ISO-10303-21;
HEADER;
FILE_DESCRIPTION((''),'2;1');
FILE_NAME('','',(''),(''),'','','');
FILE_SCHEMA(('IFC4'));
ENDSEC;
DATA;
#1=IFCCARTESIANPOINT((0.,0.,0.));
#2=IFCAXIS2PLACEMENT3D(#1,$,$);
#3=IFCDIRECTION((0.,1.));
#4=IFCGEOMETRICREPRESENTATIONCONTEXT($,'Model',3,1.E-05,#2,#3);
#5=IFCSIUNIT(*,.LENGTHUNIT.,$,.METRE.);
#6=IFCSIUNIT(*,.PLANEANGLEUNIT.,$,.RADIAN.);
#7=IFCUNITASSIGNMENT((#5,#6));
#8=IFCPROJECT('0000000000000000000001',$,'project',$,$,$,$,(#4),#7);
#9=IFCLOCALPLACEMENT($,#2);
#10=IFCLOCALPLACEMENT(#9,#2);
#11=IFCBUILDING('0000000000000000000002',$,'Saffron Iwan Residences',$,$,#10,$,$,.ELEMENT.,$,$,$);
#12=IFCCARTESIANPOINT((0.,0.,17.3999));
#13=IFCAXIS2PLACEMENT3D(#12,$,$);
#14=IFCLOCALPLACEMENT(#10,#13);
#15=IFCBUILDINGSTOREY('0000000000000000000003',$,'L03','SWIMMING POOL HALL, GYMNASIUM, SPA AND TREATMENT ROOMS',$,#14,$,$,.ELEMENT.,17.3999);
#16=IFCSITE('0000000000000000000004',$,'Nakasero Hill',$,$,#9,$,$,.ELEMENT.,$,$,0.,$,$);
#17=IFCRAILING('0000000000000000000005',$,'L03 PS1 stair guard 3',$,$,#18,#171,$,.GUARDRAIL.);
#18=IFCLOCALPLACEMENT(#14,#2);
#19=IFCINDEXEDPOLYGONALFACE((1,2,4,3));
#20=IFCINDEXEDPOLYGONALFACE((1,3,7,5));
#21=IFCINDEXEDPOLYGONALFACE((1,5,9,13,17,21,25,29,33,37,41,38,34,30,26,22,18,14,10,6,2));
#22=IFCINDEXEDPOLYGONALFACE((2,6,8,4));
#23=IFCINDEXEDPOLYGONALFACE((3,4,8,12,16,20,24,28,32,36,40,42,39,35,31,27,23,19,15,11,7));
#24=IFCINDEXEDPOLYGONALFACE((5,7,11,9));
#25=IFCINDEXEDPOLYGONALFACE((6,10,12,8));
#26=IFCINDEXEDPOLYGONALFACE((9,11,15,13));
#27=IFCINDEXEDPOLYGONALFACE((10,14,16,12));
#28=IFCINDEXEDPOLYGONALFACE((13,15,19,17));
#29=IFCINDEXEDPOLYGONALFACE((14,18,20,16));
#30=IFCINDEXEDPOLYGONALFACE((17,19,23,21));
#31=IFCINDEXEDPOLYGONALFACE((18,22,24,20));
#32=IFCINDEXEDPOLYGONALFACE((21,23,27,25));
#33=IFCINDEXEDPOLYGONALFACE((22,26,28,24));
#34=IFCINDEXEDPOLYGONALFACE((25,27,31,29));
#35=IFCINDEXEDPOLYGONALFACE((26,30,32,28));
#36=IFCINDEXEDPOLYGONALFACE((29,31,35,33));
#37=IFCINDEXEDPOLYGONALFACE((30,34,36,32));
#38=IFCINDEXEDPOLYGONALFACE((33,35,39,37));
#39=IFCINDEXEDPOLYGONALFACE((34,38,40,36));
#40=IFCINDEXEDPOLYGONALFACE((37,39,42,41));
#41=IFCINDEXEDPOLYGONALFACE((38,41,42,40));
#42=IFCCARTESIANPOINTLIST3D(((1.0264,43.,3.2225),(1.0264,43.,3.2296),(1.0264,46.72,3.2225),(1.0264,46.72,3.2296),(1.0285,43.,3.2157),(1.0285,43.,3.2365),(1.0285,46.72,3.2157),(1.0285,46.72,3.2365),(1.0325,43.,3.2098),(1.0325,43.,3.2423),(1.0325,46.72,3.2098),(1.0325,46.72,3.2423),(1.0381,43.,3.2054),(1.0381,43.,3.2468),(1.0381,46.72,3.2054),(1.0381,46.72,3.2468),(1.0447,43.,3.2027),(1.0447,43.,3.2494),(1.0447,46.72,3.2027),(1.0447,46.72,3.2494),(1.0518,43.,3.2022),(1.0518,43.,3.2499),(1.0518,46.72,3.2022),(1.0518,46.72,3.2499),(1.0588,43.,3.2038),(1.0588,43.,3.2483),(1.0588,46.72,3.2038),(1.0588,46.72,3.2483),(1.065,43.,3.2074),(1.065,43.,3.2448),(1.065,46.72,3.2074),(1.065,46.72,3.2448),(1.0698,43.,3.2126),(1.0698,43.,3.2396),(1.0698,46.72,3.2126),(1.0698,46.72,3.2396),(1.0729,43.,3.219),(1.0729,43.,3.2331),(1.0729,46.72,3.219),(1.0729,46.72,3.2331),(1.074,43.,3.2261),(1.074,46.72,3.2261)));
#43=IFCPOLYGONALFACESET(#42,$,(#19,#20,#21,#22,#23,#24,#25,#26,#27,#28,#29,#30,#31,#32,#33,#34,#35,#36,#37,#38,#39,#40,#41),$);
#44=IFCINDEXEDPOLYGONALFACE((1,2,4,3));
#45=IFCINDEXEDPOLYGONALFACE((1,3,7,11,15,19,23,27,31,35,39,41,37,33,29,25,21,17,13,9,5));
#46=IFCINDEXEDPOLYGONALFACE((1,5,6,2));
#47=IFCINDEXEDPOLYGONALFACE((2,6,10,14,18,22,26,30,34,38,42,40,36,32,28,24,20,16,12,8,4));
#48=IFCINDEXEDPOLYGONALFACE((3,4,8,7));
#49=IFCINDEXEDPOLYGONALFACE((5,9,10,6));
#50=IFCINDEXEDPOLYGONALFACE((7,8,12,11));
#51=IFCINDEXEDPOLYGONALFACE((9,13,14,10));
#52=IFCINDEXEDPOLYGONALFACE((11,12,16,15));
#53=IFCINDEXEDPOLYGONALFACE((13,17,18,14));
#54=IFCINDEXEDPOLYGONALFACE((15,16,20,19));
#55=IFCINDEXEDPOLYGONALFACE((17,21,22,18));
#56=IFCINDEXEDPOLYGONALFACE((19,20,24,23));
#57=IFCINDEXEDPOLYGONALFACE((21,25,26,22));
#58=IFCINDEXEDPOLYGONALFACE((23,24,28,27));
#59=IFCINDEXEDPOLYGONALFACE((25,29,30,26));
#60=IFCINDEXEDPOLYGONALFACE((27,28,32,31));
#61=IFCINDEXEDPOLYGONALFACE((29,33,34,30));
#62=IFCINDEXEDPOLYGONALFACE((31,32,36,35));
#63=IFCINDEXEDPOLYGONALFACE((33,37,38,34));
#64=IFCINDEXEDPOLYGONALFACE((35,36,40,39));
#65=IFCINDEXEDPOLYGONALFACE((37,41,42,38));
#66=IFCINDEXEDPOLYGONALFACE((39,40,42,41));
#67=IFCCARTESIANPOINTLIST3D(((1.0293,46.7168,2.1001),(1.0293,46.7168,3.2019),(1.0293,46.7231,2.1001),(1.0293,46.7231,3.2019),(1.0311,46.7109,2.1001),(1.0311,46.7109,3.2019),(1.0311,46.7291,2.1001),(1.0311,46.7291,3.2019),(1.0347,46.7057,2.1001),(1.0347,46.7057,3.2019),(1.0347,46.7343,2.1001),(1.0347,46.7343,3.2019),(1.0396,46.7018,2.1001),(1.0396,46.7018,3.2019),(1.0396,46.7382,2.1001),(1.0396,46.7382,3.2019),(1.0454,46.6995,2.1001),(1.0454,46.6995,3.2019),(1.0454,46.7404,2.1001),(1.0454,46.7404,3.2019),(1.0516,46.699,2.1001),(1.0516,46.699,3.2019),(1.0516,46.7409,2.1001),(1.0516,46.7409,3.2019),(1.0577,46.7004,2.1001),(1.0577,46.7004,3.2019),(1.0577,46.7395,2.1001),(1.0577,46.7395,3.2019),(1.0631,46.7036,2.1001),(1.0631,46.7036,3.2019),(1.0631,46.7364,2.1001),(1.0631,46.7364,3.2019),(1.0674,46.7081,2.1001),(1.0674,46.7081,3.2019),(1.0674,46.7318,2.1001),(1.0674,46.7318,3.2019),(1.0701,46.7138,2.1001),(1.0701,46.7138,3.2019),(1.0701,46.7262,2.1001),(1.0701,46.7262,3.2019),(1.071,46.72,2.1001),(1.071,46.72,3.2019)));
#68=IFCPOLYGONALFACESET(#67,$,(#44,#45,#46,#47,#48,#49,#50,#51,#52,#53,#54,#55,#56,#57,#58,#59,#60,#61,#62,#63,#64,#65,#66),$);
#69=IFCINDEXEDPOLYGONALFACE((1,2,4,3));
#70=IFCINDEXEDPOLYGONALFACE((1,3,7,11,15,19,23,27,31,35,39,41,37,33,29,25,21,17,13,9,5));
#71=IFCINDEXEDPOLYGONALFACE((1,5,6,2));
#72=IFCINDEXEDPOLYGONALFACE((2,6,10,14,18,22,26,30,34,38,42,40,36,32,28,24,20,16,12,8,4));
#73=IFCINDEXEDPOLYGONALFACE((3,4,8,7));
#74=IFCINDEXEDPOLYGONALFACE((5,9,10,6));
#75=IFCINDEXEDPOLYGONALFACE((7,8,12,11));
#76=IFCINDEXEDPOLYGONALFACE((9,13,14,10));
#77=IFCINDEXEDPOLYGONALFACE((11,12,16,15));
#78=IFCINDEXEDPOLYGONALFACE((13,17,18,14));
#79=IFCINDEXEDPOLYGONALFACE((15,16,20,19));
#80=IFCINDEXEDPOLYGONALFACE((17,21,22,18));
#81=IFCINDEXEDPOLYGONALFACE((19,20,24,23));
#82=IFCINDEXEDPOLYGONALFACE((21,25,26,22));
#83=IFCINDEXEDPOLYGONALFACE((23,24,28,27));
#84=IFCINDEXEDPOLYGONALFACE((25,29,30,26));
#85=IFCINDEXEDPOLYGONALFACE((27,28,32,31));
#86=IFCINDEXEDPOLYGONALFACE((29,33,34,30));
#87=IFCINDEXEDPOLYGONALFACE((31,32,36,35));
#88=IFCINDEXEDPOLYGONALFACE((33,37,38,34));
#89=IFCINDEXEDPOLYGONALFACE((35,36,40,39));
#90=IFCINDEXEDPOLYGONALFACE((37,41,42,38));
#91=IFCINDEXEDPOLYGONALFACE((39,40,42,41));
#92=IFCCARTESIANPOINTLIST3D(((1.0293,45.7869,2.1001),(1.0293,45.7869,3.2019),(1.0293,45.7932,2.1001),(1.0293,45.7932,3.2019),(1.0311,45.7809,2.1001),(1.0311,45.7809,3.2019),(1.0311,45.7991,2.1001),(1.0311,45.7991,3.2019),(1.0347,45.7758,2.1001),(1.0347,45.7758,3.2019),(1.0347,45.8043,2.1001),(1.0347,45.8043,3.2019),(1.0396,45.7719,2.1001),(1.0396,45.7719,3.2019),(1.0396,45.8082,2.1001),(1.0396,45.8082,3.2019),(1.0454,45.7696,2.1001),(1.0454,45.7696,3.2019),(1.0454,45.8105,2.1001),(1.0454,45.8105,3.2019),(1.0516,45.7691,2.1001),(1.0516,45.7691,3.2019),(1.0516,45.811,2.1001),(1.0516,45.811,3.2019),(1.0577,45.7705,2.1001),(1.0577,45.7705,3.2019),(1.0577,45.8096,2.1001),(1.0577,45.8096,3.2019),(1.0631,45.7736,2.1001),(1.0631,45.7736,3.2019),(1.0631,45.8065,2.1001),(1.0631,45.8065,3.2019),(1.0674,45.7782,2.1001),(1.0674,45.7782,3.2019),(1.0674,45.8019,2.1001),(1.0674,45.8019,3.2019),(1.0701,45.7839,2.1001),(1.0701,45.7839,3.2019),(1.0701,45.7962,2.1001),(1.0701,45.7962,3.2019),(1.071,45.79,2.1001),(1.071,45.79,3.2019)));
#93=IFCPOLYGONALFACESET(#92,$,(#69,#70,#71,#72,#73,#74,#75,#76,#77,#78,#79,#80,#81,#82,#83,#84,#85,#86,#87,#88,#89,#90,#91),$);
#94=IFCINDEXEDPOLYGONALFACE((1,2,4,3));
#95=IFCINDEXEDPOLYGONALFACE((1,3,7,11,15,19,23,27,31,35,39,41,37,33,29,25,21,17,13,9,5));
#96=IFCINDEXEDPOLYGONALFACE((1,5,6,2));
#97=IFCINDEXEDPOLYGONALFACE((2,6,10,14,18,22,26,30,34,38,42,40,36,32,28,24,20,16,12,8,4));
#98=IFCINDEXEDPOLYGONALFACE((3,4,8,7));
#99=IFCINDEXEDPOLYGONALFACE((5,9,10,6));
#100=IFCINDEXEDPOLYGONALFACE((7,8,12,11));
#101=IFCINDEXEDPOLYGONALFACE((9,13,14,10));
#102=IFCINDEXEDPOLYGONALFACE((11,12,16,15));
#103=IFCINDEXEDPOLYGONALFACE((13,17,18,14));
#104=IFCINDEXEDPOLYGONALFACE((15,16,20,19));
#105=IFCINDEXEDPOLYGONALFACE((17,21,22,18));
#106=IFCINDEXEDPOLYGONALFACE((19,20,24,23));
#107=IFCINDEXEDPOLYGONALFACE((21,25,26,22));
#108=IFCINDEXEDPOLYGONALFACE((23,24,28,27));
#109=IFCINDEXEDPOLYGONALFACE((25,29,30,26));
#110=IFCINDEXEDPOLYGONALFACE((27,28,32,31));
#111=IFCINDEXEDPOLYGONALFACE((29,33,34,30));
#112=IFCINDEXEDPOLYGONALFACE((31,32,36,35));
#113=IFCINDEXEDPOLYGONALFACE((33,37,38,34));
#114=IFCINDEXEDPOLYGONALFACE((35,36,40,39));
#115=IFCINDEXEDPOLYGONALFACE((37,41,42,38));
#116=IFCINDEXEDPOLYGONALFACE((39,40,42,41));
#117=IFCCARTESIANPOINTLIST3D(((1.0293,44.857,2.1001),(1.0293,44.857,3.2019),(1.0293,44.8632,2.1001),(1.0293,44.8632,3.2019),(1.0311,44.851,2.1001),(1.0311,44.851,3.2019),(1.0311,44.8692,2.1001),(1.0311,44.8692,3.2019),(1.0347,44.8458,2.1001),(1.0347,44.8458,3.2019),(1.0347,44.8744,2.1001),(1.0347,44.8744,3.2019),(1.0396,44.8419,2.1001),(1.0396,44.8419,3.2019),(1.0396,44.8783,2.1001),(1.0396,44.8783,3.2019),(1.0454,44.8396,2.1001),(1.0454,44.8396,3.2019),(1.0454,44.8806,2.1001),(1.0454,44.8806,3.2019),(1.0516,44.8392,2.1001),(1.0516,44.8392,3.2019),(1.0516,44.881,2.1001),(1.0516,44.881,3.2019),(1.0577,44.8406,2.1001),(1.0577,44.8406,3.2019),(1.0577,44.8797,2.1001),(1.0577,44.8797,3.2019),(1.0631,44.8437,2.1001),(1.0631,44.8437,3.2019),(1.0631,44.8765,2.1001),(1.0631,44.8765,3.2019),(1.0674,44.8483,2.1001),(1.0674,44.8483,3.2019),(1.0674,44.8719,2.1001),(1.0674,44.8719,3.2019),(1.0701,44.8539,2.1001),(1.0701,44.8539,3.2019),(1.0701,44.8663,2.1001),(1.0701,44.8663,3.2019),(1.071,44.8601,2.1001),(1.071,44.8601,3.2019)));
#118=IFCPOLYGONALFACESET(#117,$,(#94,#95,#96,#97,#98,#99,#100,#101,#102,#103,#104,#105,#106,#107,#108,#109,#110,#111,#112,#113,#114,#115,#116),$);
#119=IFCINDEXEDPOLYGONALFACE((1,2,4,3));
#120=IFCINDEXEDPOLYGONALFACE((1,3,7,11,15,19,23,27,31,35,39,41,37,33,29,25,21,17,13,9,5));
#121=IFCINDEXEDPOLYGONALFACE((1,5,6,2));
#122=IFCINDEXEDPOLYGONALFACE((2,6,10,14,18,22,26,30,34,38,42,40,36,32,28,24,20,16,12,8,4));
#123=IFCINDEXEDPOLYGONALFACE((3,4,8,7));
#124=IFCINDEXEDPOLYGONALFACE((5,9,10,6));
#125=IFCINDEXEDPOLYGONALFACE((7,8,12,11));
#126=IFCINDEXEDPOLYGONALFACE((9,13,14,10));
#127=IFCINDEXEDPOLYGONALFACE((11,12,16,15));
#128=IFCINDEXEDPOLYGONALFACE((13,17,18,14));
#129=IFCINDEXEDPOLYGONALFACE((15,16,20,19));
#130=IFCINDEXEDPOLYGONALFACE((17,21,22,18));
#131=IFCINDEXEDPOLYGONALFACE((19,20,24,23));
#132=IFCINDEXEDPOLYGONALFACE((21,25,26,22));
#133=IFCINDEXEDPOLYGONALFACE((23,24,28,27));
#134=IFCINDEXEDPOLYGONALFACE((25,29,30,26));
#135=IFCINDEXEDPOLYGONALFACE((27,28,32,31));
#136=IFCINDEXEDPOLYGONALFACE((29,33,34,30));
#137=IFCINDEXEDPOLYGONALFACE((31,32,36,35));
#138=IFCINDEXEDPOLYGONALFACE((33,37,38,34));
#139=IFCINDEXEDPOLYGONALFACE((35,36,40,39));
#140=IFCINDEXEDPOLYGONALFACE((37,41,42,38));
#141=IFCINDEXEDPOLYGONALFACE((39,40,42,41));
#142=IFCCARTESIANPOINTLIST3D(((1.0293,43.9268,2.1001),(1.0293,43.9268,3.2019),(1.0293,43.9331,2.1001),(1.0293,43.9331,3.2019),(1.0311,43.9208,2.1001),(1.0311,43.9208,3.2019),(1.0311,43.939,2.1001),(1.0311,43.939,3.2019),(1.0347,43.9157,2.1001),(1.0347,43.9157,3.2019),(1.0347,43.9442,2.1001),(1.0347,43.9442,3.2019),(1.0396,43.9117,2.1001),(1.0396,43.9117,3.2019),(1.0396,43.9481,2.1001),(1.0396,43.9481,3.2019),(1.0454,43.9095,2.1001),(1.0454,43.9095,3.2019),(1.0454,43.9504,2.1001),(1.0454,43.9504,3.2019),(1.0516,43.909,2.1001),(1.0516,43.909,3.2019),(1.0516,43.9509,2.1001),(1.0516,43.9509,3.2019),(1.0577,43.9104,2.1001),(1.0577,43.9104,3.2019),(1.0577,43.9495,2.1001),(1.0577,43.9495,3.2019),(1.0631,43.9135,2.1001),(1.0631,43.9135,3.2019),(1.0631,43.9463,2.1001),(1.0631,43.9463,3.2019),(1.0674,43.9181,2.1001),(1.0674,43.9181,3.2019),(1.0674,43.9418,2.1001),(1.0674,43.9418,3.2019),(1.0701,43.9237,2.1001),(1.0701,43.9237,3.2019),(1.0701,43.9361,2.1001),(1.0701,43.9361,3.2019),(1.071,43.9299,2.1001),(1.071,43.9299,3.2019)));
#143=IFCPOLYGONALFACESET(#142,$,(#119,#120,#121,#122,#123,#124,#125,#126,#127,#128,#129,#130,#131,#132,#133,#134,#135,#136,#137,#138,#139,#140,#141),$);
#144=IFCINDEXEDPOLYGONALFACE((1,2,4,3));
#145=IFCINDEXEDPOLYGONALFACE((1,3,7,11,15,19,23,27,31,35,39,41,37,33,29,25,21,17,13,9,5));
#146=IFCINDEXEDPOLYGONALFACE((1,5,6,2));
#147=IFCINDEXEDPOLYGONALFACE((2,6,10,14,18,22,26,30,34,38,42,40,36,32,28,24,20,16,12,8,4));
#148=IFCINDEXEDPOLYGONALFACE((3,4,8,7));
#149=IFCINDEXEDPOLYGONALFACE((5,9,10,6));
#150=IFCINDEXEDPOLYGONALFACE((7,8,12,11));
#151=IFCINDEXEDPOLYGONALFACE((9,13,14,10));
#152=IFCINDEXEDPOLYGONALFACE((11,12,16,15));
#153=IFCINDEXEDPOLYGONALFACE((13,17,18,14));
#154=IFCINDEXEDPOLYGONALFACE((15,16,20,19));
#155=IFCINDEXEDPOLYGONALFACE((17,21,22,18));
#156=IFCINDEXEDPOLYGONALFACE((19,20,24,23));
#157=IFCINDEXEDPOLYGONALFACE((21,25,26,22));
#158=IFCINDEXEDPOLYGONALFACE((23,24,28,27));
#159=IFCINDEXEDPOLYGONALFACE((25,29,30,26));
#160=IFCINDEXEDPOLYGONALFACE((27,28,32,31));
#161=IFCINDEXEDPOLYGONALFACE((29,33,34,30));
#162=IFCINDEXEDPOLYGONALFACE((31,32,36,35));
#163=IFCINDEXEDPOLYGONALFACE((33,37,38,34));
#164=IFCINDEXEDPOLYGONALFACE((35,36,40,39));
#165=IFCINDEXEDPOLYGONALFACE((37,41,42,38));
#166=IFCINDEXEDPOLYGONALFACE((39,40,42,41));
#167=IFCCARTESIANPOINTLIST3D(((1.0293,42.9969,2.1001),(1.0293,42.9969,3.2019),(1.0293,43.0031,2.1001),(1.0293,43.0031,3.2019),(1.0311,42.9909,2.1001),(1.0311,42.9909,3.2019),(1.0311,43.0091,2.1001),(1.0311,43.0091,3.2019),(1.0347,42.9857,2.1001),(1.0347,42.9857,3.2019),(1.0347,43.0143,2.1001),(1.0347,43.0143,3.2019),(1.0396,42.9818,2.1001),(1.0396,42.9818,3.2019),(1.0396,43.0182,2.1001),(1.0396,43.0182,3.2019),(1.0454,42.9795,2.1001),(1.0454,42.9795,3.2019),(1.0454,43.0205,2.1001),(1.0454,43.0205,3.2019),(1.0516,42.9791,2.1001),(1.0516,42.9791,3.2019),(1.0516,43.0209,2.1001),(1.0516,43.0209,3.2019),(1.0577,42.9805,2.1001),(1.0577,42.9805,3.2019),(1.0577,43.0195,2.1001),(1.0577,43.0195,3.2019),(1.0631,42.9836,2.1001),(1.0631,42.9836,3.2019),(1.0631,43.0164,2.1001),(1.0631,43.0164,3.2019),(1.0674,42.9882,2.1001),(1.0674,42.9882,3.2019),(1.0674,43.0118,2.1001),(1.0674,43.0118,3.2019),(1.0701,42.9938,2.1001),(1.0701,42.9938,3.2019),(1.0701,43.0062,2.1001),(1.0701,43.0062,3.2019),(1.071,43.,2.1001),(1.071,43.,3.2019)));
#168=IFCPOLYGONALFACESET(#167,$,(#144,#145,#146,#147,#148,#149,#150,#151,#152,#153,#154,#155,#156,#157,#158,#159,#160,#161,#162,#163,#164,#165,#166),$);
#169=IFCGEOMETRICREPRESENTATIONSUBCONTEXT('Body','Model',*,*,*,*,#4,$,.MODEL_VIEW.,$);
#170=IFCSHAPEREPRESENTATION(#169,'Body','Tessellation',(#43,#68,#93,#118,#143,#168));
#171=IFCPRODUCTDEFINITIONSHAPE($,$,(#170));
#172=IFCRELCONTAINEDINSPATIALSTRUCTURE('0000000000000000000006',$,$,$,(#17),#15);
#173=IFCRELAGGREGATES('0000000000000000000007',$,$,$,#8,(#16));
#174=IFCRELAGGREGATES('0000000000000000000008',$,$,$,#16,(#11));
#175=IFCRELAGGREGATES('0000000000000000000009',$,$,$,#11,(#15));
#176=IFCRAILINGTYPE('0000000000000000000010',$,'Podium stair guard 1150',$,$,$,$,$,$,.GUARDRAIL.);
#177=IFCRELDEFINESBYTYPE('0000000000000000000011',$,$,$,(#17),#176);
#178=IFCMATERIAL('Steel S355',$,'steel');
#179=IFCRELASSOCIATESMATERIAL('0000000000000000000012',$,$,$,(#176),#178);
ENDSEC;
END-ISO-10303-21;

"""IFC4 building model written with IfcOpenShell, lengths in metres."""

from ifc_helpers import new_model, si_unit, direction, frame, origin, origin_2d, place, context, subcontext, project, spatial, circle, extrude, material, type_object, element, save


model = new_model("IFC4")

# Units and contexts
model_context = context("Model", 3, precision=1e-05, world=origin(), true_north=direction((0.0, 1.0)))
body_context = subcontext(model_context, "Body", "Model", "MODEL_VIEW")
ifc_project = project(units=[si_unit("LENGTHUNIT", "METRE"), si_unit("PLANEANGLEUNIT", "RADIAN")], contexts=[model_context])

# Site, building, storey
site_placement = place(None, origin())
site = spatial("IfcSite", under=ifc_project, at=site_placement, Name="Nakasero Hill", CompositionType="ELEMENT", RefElevation=0.0)
building_placement = place(site_placement, origin())
building = spatial("IfcBuilding", under=site, at=building_placement, Name="Saffron Iwan Residences", CompositionType="ELEMENT")
storey_placement = place(building_placement, frame((0.0, 0.0, 17.3999)))
storey = spatial("IfcBuildingStorey", under=building, at=storey_placement, Name="L03", Description="SWIMMING POOL HALL, GYMNASIUM, SPA AND TREATMENT ROOMS", CompositionType="ELEMENT", Elevation=17.3999)

# Railing
ifc_material_1 = material(Name="Steel S355", Category="steel")
railing_type_1 = type_object("IfcRailingType", Name="Podium stair guard 1150", PredefinedType="GUARDRAIL", material=ifc_material_1)
railing_1_placement = place(storey_placement, frame((1.05, 46.72, 2.1001)))
element("IfcRailing", 1, at=railing_1_placement, inside=storey, type_object=railing_type_1, Name="L03 PS1 stair guard 3", PredefinedType="GUARDRAIL", context=body_context, shape_type="SweptSolid", body=[
    extrude(circle(Radius=0.0239, at=origin_2d()), frame((0.0, 0.0, 1.126), z_axis=(0.0, -1.0, 0.0), x_axis=(1.0, 0.0, 0.0)), (0.0, 0.0, 1.0), 3.72),
    extrude(circle(Radius=0.021, at=origin_2d()), origin(), (0.0, 0.0, 1.0), 1.1018),
    extrude(circle(Radius=0.021, at=origin_2d()), frame((0.0, -0.9299, 0.0)), (0.0, 0.0, 1.0), 1.1018),
    extrude(circle(Radius=0.021, at=origin_2d()), frame((0.0, -1.8599, 0.0)), (0.0, 0.0, 1.0), 1.1018),
    extrude(circle(Radius=0.021, at=origin_2d()), frame((0.0, -2.79, 0.0)), (0.0, 0.0, 1.0), 1.1018),
    extrude(circle(Radius=0.021, at=origin_2d()), frame((0.0, -3.72, 0.0)), (0.0, 0.0, 1.0), 1.1018),
])

save(model, "model.ifc")
